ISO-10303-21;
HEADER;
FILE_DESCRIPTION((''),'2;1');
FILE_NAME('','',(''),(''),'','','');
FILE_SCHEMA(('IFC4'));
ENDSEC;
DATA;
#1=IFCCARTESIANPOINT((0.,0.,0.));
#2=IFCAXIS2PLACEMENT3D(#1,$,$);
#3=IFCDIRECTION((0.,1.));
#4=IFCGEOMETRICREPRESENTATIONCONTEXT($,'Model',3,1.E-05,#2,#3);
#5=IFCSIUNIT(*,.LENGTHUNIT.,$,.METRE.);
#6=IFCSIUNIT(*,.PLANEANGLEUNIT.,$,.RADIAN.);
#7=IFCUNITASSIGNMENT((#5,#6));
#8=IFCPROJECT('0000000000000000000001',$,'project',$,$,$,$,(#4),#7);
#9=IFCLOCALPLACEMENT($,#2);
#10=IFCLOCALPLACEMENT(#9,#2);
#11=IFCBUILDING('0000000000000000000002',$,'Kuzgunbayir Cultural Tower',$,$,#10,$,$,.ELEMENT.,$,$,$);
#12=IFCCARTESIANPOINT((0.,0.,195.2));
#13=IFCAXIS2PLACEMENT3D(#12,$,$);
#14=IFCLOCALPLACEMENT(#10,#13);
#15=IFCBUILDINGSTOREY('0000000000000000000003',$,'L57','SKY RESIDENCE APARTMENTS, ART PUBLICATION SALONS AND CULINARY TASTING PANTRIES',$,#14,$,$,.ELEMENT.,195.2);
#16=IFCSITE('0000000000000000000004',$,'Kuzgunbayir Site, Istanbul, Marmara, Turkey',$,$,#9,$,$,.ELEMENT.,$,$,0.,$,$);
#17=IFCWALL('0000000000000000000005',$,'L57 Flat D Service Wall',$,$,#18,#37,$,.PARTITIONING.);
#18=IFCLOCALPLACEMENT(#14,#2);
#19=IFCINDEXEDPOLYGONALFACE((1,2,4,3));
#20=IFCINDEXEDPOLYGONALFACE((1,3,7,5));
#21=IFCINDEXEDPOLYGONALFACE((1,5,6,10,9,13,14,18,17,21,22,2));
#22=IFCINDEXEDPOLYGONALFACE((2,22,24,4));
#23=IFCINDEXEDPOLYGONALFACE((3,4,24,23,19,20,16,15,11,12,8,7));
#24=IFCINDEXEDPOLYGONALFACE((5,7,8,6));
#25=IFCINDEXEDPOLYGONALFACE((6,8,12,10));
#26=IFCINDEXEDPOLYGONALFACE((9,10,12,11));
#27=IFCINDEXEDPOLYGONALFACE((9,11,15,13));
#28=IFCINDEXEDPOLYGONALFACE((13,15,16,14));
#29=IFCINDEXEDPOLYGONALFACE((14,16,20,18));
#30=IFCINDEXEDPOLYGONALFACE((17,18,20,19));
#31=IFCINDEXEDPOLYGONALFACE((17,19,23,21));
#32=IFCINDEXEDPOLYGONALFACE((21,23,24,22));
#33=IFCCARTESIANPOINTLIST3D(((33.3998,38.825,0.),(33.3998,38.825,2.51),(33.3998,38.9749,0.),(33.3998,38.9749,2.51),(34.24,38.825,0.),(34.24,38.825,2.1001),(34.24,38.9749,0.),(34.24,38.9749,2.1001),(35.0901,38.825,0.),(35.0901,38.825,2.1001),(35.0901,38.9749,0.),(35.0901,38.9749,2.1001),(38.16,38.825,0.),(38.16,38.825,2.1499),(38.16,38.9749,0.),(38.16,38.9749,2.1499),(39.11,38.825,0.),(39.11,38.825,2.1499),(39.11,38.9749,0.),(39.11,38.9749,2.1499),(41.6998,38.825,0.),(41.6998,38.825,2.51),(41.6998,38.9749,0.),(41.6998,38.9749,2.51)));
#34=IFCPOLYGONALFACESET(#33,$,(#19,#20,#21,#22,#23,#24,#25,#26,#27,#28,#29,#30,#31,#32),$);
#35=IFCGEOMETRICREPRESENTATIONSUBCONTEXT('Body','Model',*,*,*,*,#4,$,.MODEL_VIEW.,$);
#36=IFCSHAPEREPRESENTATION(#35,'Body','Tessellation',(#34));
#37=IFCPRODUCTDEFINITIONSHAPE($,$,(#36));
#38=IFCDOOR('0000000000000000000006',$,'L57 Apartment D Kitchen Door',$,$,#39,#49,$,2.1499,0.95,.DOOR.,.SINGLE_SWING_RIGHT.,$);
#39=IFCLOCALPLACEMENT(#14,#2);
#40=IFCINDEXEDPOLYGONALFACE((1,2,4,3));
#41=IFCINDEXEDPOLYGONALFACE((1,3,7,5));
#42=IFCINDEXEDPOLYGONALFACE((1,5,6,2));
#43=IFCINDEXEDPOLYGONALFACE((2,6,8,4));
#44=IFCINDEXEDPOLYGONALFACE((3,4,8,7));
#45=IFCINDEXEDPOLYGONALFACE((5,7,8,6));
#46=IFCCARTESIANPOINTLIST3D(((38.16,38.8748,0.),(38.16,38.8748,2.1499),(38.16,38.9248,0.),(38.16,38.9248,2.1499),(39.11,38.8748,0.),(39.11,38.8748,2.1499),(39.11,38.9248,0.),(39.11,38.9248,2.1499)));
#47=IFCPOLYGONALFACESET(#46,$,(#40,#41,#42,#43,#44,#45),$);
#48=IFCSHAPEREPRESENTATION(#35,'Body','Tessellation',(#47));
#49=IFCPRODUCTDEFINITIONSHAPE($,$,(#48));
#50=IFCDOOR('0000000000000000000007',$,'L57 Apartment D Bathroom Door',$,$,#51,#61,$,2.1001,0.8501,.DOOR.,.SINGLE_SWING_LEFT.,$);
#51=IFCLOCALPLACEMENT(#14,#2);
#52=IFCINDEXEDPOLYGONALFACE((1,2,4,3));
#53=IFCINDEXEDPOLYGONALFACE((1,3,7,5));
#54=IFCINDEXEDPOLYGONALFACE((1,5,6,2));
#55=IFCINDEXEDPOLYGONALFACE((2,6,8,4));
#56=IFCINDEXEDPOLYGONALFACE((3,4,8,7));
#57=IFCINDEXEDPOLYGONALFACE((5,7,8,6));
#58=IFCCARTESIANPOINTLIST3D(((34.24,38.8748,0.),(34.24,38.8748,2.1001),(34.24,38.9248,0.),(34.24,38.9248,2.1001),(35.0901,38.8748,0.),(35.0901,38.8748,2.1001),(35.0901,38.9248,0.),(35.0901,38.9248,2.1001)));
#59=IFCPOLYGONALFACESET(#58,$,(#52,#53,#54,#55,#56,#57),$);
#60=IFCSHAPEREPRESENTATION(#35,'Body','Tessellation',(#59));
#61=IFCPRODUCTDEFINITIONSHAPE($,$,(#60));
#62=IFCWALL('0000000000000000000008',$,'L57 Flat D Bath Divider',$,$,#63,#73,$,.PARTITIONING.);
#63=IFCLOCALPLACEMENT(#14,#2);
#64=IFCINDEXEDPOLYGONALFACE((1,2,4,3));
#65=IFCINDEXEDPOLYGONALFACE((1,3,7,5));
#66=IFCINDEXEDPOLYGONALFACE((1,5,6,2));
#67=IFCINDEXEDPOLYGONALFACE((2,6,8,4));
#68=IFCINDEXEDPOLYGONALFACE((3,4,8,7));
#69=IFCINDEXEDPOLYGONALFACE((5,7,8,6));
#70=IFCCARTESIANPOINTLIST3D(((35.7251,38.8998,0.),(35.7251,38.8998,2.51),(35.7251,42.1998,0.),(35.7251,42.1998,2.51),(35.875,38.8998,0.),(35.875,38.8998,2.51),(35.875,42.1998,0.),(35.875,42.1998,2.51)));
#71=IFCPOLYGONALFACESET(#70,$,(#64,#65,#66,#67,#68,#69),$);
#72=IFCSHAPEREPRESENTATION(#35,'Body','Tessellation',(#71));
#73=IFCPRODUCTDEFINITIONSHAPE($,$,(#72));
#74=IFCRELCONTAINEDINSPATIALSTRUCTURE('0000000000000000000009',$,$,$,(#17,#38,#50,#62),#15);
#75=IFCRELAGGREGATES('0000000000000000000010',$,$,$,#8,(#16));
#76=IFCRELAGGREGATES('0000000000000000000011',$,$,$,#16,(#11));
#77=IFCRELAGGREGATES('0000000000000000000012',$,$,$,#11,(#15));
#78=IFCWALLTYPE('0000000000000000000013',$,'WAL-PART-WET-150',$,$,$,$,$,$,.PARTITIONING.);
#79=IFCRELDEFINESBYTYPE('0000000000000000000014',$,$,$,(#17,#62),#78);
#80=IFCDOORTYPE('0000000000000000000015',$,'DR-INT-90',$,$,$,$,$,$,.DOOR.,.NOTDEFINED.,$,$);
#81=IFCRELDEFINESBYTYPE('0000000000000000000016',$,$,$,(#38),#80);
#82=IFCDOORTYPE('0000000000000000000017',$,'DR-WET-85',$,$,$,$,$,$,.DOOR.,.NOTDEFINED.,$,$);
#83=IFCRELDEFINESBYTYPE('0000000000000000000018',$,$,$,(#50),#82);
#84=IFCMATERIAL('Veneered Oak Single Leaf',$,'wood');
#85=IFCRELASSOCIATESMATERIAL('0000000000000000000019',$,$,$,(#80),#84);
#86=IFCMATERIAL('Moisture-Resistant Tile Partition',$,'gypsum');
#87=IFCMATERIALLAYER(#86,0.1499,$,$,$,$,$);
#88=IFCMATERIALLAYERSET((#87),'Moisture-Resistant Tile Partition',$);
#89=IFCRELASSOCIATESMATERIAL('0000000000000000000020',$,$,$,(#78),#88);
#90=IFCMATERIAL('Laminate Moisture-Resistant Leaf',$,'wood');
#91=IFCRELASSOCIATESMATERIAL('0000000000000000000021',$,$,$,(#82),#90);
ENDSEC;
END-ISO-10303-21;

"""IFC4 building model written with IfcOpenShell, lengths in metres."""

from ifc_helpers import new_model, si_unit, direction, frame, frame_2d, origin, place, context, subcontext, project, spatial, rectangle, extrude, material, layer, layer_set, type_object, element, fill, save


model = new_model("IFC4")

# Units and contexts
model_context = context("Model", 3, precision=1e-05, world=origin(), true_north=direction((0.0, 1.0)))
body_context = subcontext(model_context, "Body", "Model", "MODEL_VIEW")
ifc_project = project(units=[si_unit("LENGTHUNIT", "METRE"), si_unit("PLANEANGLEUNIT", "RADIAN")], contexts=[model_context])

# Site, building, storey
site_placement = place(None, origin())
site = spatial("IfcSite", under=ifc_project, at=site_placement, Name="Kuzgunbayir Site, Istanbul, Marmara, Turkey", CompositionType="ELEMENT", RefElevation=0.0)
building_placement = place(site_placement, origin())
building = spatial("IfcBuilding", under=site, at=building_placement, Name="Kuzgunbayir Cultural Tower", CompositionType="ELEMENT")
storey_placement = place(building_placement, frame((0.0, 0.0, 195.2)))
storey = spatial("IfcBuildingStorey", under=building, at=storey_placement, Name="L57", Description="SKY RESIDENCE APARTMENTS, ART PUBLICATION SALONS AND CULINARY TASTING PANTRIES", CompositionType="ELEMENT", Elevation=195.2)

# Shared definitions
ifc_material_1 = material(Name="Veneered Oak Single Leaf", Category="wood")
door_type_1 = type_object("IfcDoorType", Name="DR-INT-90", OperationType="NOTDEFINED", PredefinedType="DOOR", material=ifc_material_1)

# Wall, openings, doors
ifc_material_2 = material(Name="Moisture-Resistant Tile Partition", Category="gypsum")
ifc_layer_1 = layer(ifc_material_2, 0.1499)
ifc_layer_set_1 = layer_set([ifc_layer_1], Name="Moisture-Resistant Tile Partition")
wall_type_1 = type_object("IfcWallType", Name="WAL-PART-WET-150", PredefinedType="PARTITIONING", material=ifc_layer_set_1)
wall_1_placement = place(storey_placement, frame((33.3999, 38.8999, 0.0), z_axis=(0.0, 0.0, 1.0), x_axis=(1.0, 0.0, 0.0)))
wall_1 = element("IfcWall", 1, at=wall_1_placement, inside=storey, type_object=wall_type_1, Name="L57 Flat D Service Wall", PredefinedType="PARTITIONING", context=body_context, shape_type="SweptSolid", body=[
    extrude(rectangle(XDim=8.3, YDim=0.1499, at=frame_2d((4.1499, 0.0))), origin(), (0.0, 0.0, 1.0), 2.51),
])
opening_1_placement = place(wall_1_placement, frame((0.8401, 0.0, 0.0)))
opening_1 = element("IfcOpeningElement", 2, at=opening_1_placement, cuts=wall_1, PredefinedType="OPENING", context=body_context, shape_type="SweptSolid", body=[
    extrude(rectangle(XDim=0.8501, YDim=2.1001, at=frame_2d((0.425, 1.05))), frame((0.0, 0.085, 0.0), z_axis=(0.0, -1.0, 0.0), x_axis=(1.0, 0.0, 0.0)), (0.0, 0.0, 1.0), 0.1699),
])
opening_2_placement = place(wall_1_placement, frame((4.76, 0.0, 0.0)))
opening_2 = element("IfcOpeningElement", 3, at=opening_2_placement, cuts=wall_1, PredefinedType="OPENING", context=body_context, shape_type="SweptSolid", body=[
    extrude(rectangle(XDim=0.95, YDim=2.1499, at=frame_2d((0.4751, 1.075))), frame((0.0, 0.085, 0.0), z_axis=(0.0, -1.0, 0.0), x_axis=(1.0, 0.0, 0.0)), (0.0, 0.0, 1.0), 0.1699),
])
door_1_placement = place(opening_2_placement, origin())
door_1 = element("IfcDoor", 4, at=door_1_placement, inside=storey, type_object=door_type_1, Name="L57 Apartment D Kitchen Door", OperationType="SINGLE_SWING_RIGHT", OverallHeight=2.1499, OverallWidth=0.95, PredefinedType="DOOR", context=body_context, shape_type="SweptSolid", body=[
    extrude(rectangle(XDim=0.95, YDim=2.1499, at=frame_2d((0.4751, 1.075))), frame((0.0, 0.0249, 0.0), z_axis=(0.0, -1.0, 0.0), x_axis=(1.0, 0.0, 0.0)), (0.0, 0.0, 1.0), 0.05),
])
fill(opening_2, door_1)
ifc_material_3 = material(Name="Laminate Moisture-Resistant Leaf", Category="wood")
door_type_2 = type_object("IfcDoorType", Name="DR-WET-85", OperationType="NOTDEFINED", PredefinedType="DOOR", material=ifc_material_3)
door_2_placement = place(opening_1_placement, origin())
door_2 = element("IfcDoor", 5, at=door_2_placement, inside=storey, type_object=door_type_2, Name="L57 Apartment D Bathroom Door", OperationType="SINGLE_SWING_LEFT", OverallHeight=2.1001, OverallWidth=0.8501, PredefinedType="DOOR", context=body_context, shape_type="SweptSolid", body=[
    extrude(rectangle(XDim=0.8501, YDim=2.1001, at=frame_2d((0.425, 1.05))), frame((0.0, 0.0249, 0.0), z_axis=(0.0, -1.0, 0.0), x_axis=(1.0, 0.0, 0.0)), (0.0, 0.0, 1.0), 0.05),
])
fill(opening_1, door_2)

# Wall
wall_2_placement = place(storey_placement, frame((35.8, 38.8999, 0.0), z_axis=(0.0, 0.0, 1.0), x_axis=(0.0, 1.0, 0.0)))
element("IfcWall", 6, at=wall_2_placement, inside=storey, type_object=wall_type_1, Name="L57 Flat D Bath Divider", PredefinedType="PARTITIONING", context=body_context, shape_type="SweptSolid", body=[
    extrude(rectangle(XDim=3.3, YDim=0.1499, at=frame_2d((1.6499, 0.0))), origin(), (0.0, 0.0, 1.0), 2.51),
])

save(model, "model.ifc")
